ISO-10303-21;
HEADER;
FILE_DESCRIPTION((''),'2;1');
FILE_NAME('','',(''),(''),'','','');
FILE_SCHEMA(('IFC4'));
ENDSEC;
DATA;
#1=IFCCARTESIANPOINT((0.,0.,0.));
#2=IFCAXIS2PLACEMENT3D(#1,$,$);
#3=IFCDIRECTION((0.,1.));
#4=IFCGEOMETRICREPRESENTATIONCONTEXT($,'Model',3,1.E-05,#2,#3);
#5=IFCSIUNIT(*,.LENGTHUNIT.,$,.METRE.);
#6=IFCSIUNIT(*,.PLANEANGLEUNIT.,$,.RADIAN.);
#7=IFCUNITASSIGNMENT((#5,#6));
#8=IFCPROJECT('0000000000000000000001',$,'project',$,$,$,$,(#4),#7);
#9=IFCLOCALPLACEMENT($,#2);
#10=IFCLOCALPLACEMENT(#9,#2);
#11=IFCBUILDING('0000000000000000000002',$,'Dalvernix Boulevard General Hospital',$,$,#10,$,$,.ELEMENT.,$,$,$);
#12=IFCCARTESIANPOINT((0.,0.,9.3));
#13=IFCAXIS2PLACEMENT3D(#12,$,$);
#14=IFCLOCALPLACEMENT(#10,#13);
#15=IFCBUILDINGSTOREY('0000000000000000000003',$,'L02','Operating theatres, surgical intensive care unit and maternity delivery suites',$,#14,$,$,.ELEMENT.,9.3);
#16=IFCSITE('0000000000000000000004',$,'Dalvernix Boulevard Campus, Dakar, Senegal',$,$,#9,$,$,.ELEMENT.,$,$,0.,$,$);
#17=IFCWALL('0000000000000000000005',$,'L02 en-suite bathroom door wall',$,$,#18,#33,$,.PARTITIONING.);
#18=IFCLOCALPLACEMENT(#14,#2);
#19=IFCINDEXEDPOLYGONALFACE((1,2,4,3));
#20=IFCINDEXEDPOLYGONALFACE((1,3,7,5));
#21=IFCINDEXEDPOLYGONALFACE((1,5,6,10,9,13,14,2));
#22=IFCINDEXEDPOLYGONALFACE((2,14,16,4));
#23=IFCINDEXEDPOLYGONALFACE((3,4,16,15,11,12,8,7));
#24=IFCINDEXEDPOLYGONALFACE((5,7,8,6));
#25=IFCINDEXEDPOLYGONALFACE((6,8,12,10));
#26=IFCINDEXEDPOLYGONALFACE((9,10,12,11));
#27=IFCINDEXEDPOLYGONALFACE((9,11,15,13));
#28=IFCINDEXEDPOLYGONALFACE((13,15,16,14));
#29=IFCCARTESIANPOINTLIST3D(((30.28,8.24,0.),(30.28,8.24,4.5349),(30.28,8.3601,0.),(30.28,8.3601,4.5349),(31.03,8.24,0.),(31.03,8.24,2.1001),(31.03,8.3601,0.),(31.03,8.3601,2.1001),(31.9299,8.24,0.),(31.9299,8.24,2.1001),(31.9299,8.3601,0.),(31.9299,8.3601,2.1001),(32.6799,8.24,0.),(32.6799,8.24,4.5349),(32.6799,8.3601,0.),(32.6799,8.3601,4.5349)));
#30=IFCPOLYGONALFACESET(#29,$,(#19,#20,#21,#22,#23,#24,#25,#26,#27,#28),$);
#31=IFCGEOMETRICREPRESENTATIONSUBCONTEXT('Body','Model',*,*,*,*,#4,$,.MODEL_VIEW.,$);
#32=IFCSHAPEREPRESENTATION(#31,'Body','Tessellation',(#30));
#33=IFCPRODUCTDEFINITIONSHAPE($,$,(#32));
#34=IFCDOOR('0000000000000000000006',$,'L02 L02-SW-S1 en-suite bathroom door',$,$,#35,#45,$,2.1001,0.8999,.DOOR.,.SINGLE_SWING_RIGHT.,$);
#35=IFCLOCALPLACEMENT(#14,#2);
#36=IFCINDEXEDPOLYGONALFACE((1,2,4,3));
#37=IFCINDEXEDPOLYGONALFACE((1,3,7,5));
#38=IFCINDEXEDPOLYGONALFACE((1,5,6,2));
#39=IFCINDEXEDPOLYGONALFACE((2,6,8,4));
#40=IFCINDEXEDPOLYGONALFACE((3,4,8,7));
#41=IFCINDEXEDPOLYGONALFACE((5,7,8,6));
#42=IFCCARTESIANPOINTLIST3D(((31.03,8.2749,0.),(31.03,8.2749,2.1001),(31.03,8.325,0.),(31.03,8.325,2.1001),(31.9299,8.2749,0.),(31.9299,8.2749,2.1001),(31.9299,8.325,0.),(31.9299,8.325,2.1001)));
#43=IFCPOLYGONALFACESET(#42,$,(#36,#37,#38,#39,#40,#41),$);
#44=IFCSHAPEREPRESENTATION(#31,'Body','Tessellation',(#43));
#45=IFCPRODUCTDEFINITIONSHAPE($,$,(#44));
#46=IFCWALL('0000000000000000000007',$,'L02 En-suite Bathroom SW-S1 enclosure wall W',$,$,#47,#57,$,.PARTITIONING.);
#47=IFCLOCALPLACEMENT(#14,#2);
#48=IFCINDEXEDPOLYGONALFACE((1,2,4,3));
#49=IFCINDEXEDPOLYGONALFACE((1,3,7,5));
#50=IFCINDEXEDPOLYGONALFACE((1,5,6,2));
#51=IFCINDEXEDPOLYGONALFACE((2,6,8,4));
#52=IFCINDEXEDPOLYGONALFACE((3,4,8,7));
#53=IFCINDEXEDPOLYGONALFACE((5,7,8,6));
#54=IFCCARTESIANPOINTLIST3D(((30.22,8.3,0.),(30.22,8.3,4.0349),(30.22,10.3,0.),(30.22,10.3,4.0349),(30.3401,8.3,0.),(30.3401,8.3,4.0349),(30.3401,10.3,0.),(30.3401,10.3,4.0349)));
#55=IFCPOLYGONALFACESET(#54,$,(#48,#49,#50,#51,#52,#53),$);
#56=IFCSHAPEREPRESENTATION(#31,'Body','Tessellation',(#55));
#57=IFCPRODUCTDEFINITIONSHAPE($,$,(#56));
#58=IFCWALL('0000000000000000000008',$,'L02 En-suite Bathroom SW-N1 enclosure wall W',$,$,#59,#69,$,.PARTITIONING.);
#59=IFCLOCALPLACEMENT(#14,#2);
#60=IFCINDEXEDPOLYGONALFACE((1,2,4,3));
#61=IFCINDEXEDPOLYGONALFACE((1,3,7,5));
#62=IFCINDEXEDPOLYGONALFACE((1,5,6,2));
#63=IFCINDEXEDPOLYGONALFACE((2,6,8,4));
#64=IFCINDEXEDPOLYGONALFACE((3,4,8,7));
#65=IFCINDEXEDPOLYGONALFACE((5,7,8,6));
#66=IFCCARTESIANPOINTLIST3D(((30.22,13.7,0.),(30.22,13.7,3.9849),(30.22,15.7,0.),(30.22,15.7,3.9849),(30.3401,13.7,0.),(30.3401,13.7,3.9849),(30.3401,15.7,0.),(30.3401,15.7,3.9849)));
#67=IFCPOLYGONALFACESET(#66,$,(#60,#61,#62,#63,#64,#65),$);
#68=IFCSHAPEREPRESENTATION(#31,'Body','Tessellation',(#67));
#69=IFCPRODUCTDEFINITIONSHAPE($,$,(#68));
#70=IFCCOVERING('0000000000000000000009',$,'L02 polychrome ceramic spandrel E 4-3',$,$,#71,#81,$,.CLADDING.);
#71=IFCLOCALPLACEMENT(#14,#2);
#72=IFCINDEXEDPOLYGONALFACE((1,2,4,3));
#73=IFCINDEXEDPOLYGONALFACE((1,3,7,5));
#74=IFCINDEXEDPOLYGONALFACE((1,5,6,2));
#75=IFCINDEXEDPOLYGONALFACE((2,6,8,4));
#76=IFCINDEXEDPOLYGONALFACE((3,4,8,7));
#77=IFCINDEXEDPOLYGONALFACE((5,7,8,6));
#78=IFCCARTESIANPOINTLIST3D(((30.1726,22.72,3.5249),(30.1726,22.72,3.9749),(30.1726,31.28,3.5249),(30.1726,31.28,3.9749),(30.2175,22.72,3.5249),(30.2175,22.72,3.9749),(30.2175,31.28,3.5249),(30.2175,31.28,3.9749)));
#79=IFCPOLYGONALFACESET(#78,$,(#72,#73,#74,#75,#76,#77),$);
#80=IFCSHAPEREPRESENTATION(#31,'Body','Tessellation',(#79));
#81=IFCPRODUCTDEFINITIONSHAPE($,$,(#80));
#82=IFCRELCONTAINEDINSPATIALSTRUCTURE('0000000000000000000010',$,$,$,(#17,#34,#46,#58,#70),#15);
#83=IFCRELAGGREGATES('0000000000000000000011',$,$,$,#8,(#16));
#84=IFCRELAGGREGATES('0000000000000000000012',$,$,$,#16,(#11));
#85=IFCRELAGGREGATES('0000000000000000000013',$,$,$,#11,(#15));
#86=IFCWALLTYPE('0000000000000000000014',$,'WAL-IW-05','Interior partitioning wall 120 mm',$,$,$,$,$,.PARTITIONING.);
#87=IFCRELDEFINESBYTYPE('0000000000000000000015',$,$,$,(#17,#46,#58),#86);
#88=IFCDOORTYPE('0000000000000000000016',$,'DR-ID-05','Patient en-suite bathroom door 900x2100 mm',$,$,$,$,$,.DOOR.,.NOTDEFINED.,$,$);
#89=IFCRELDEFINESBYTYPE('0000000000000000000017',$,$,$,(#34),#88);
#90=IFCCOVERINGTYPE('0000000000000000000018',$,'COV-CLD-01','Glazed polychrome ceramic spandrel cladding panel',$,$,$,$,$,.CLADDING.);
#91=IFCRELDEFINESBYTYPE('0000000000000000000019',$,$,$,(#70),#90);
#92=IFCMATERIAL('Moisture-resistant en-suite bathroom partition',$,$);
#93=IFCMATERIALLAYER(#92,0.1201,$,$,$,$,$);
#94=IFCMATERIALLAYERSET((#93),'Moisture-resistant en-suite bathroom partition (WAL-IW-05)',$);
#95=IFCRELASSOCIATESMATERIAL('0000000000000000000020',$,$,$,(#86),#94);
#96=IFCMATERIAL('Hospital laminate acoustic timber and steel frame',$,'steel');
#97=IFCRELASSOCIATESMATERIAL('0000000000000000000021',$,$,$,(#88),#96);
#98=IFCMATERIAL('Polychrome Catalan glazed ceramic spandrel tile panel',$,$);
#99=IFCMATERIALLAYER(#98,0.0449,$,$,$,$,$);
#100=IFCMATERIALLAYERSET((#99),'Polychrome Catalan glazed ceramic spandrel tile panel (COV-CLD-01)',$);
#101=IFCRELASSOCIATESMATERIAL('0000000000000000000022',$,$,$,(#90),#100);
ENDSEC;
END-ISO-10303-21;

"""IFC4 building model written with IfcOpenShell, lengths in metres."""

from ifc_helpers import new_model, si_unit, direction, frame, frame_2d, origin, origin_2d, place, context, subcontext, project, spatial, rectangle, extrude, material, layer, layer_set, type_object, element, fill, save


model = new_model("IFC4")

# Units and contexts
model_context = context("Model", 3, precision=1e-05, world=origin(), true_north=direction((0.0, 1.0)))
body_context = subcontext(model_context, "Body", "Model", "MODEL_VIEW")
ifc_project = project(units=[si_unit("LENGTHUNIT", "METRE"), si_unit("PLANEANGLEUNIT", "RADIAN")], contexts=[model_context])

# Site, building, storey
site_placement = place(None, origin())
site = spatial("IfcSite", under=ifc_project, at=site_placement, Name="Dalvernix Boulevard Campus, Dakar, Senegal", CompositionType="ELEMENT", RefElevation=0.0)
building_placement = place(site_placement, origin())
building = spatial("IfcBuilding", under=site, at=building_placement, Name="Dalvernix Boulevard General Hospital", CompositionType="ELEMENT")
storey_placement = place(building_placement, frame((0.0, 0.0, 9.3)))
storey = spatial("IfcBuildingStorey", under=building, at=storey_placement, Name="L02", Description="Operating theatres, surgical intensive care unit and maternity delivery suites", CompositionType="ELEMENT", Elevation=9.3)

# Wall, opening, door
ifc_material_1 = material(Name="Hospital laminate acoustic timber and steel frame", Category="steel")
ifc_material_2 = material(Name="Moisture-resistant en-suite bathroom partition")
ifc_layer_1 = layer(ifc_material_2, 0.1201)
ifc_layer_set_1 = layer_set([ifc_layer_1], Name="Moisture-resistant en-suite bathroom partition (WAL-IW-05)")
wall_type_1 = type_object("IfcWallType", Name="WAL-IW-05", Description="Interior partitioning wall 120 mm", PredefinedType="PARTITIONING", material=ifc_layer_set_1)
wall_1_placement = place(storey_placement, frame((30.28, 8.3, 0.0), z_axis=(0.0, 0.0, 1.0), x_axis=(1.0, 0.0, 0.0)))
wall_1 = element("IfcWall", 1, at=wall_1_placement, inside=storey, type_object=wall_type_1, Name="L02 en-suite bathroom door wall", PredefinedType="PARTITIONING", context=body_context, shape_type="SweptSolid", body=[
    extrude(rectangle(XDim=2.3999, YDim=0.1201, at=frame_2d((1.2, 0.0))), origin(), (0.0, 0.0, 1.0), 4.5349),
])
opening_1_placement = place(wall_1_placement, frame((0.75, 0.0, 0.0)))
opening_1 = element("IfcOpeningElement", 2, at=opening_1_placement, cuts=wall_1, PredefinedType="OPENING", context=body_context, shape_type="SweptSolid", body=[
    extrude(rectangle(XDim=0.8999, YDim=2.1001, at=frame_2d((0.45, 1.05))), frame((0.0, 0.0701, 0.0), z_axis=(0.0, -1.0, 0.0), x_axis=(1.0, 0.0, 0.0)), (0.0, 0.0, 1.0), 0.1401),
])
door_type_1 = type_object("IfcDoorType", Name="DR-ID-05", Description="Patient en-suite bathroom door 900x2100 mm", OperationType="NOTDEFINED", PredefinedType="DOOR", material=ifc_material_1)
door_1_placement = place(opening_1_placement, origin())
door_1 = element("IfcDoor", 3, at=door_1_placement, inside=storey, type_object=door_type_1, Name="L02 L02-SW-S1 en-suite bathroom door", OperationType="SINGLE_SWING_RIGHT", OverallHeight=2.1001, OverallWidth=0.8999, PredefinedType="DOOR", context=body_context, shape_type="SweptSolid", body=[
    extrude(rectangle(XDim=0.8999, YDim=2.1001, at=frame_2d((0.45, 1.05))), frame((0.0, 0.0249, 0.0), z_axis=(0.0, -1.0, 0.0), x_axis=(1.0, 0.0, 0.0)), (0.0, 0.0, 1.0), 0.05),
])
fill(opening_1, door_1)

# Walls
wall_2_placement = place(storey_placement, frame((30.28, 8.3, 0.0), z_axis=(0.0, 0.0, 1.0), x_axis=(0.0, 1.0, 0.0)))
element("IfcWall", 4, at=wall_2_placement, inside=storey, type_object=wall_type_1, Name="L02 En-suite Bathroom SW-S1 enclosure wall W", PredefinedType="PARTITIONING", context=body_context, shape_type="SweptSolid", body=[
    extrude(rectangle(XDim=2.0, YDim=0.1201, at=frame_2d((1.0, 0.0))), origin(), (0.0, 0.0, 1.0), 4.0349),
])
wall_3_placement = place(storey_placement, frame((30.28, 13.7, 0.0), z_axis=(0.0, 0.0, 1.0), x_axis=(0.0, 1.0, 0.0)))
element("IfcWall", 5, at=wall_3_placement, inside=storey, type_object=wall_type_1, Name="L02 En-suite Bathroom SW-N1 enclosure wall W", PredefinedType="PARTITIONING", context=body_context, shape_type="SweptSolid", body=[
    extrude(rectangle(XDim=2.0, YDim=0.1201, at=frame_2d((1.0, 0.0))), origin(), (0.0, 0.0, 1.0), 3.9849),
])

# Covering
ifc_material_3 = material(Name="Polychrome Catalan glazed ceramic spandrel tile panel")
ifc_layer_2 = layer(ifc_material_3, 0.0449)
ifc_layer_set_2 = layer_set([ifc_layer_2], Name="Polychrome Catalan glazed ceramic spandrel tile panel (COV-CLD-01)")
covering_type = type_object("IfcCoveringType", Name="COV-CLD-01", Description="Glazed polychrome ceramic spandrel cladding panel", PredefinedType="CLADDING", material=ifc_layer_set_2)
covering_placement = place(storey_placement, frame((30.1951, 27.0, 3.5249), z_axis=(0.0, 0.0, 1.0), x_axis=(0.0, -1.0, 0.0)))
element("IfcCovering", 6, at=covering_placement, inside=storey, type_object=covering_type, Name="L02 polychrome ceramic spandrel E 4-3", PredefinedType="CLADDING", context=body_context, shape_type="SweptSolid", body=[
    extrude(rectangle(XDim=8.5601, YDim=0.0449, at=origin_2d()), origin(), (0.0, 0.0, 1.0), 0.45),
])

save(model, "model.ifc")
